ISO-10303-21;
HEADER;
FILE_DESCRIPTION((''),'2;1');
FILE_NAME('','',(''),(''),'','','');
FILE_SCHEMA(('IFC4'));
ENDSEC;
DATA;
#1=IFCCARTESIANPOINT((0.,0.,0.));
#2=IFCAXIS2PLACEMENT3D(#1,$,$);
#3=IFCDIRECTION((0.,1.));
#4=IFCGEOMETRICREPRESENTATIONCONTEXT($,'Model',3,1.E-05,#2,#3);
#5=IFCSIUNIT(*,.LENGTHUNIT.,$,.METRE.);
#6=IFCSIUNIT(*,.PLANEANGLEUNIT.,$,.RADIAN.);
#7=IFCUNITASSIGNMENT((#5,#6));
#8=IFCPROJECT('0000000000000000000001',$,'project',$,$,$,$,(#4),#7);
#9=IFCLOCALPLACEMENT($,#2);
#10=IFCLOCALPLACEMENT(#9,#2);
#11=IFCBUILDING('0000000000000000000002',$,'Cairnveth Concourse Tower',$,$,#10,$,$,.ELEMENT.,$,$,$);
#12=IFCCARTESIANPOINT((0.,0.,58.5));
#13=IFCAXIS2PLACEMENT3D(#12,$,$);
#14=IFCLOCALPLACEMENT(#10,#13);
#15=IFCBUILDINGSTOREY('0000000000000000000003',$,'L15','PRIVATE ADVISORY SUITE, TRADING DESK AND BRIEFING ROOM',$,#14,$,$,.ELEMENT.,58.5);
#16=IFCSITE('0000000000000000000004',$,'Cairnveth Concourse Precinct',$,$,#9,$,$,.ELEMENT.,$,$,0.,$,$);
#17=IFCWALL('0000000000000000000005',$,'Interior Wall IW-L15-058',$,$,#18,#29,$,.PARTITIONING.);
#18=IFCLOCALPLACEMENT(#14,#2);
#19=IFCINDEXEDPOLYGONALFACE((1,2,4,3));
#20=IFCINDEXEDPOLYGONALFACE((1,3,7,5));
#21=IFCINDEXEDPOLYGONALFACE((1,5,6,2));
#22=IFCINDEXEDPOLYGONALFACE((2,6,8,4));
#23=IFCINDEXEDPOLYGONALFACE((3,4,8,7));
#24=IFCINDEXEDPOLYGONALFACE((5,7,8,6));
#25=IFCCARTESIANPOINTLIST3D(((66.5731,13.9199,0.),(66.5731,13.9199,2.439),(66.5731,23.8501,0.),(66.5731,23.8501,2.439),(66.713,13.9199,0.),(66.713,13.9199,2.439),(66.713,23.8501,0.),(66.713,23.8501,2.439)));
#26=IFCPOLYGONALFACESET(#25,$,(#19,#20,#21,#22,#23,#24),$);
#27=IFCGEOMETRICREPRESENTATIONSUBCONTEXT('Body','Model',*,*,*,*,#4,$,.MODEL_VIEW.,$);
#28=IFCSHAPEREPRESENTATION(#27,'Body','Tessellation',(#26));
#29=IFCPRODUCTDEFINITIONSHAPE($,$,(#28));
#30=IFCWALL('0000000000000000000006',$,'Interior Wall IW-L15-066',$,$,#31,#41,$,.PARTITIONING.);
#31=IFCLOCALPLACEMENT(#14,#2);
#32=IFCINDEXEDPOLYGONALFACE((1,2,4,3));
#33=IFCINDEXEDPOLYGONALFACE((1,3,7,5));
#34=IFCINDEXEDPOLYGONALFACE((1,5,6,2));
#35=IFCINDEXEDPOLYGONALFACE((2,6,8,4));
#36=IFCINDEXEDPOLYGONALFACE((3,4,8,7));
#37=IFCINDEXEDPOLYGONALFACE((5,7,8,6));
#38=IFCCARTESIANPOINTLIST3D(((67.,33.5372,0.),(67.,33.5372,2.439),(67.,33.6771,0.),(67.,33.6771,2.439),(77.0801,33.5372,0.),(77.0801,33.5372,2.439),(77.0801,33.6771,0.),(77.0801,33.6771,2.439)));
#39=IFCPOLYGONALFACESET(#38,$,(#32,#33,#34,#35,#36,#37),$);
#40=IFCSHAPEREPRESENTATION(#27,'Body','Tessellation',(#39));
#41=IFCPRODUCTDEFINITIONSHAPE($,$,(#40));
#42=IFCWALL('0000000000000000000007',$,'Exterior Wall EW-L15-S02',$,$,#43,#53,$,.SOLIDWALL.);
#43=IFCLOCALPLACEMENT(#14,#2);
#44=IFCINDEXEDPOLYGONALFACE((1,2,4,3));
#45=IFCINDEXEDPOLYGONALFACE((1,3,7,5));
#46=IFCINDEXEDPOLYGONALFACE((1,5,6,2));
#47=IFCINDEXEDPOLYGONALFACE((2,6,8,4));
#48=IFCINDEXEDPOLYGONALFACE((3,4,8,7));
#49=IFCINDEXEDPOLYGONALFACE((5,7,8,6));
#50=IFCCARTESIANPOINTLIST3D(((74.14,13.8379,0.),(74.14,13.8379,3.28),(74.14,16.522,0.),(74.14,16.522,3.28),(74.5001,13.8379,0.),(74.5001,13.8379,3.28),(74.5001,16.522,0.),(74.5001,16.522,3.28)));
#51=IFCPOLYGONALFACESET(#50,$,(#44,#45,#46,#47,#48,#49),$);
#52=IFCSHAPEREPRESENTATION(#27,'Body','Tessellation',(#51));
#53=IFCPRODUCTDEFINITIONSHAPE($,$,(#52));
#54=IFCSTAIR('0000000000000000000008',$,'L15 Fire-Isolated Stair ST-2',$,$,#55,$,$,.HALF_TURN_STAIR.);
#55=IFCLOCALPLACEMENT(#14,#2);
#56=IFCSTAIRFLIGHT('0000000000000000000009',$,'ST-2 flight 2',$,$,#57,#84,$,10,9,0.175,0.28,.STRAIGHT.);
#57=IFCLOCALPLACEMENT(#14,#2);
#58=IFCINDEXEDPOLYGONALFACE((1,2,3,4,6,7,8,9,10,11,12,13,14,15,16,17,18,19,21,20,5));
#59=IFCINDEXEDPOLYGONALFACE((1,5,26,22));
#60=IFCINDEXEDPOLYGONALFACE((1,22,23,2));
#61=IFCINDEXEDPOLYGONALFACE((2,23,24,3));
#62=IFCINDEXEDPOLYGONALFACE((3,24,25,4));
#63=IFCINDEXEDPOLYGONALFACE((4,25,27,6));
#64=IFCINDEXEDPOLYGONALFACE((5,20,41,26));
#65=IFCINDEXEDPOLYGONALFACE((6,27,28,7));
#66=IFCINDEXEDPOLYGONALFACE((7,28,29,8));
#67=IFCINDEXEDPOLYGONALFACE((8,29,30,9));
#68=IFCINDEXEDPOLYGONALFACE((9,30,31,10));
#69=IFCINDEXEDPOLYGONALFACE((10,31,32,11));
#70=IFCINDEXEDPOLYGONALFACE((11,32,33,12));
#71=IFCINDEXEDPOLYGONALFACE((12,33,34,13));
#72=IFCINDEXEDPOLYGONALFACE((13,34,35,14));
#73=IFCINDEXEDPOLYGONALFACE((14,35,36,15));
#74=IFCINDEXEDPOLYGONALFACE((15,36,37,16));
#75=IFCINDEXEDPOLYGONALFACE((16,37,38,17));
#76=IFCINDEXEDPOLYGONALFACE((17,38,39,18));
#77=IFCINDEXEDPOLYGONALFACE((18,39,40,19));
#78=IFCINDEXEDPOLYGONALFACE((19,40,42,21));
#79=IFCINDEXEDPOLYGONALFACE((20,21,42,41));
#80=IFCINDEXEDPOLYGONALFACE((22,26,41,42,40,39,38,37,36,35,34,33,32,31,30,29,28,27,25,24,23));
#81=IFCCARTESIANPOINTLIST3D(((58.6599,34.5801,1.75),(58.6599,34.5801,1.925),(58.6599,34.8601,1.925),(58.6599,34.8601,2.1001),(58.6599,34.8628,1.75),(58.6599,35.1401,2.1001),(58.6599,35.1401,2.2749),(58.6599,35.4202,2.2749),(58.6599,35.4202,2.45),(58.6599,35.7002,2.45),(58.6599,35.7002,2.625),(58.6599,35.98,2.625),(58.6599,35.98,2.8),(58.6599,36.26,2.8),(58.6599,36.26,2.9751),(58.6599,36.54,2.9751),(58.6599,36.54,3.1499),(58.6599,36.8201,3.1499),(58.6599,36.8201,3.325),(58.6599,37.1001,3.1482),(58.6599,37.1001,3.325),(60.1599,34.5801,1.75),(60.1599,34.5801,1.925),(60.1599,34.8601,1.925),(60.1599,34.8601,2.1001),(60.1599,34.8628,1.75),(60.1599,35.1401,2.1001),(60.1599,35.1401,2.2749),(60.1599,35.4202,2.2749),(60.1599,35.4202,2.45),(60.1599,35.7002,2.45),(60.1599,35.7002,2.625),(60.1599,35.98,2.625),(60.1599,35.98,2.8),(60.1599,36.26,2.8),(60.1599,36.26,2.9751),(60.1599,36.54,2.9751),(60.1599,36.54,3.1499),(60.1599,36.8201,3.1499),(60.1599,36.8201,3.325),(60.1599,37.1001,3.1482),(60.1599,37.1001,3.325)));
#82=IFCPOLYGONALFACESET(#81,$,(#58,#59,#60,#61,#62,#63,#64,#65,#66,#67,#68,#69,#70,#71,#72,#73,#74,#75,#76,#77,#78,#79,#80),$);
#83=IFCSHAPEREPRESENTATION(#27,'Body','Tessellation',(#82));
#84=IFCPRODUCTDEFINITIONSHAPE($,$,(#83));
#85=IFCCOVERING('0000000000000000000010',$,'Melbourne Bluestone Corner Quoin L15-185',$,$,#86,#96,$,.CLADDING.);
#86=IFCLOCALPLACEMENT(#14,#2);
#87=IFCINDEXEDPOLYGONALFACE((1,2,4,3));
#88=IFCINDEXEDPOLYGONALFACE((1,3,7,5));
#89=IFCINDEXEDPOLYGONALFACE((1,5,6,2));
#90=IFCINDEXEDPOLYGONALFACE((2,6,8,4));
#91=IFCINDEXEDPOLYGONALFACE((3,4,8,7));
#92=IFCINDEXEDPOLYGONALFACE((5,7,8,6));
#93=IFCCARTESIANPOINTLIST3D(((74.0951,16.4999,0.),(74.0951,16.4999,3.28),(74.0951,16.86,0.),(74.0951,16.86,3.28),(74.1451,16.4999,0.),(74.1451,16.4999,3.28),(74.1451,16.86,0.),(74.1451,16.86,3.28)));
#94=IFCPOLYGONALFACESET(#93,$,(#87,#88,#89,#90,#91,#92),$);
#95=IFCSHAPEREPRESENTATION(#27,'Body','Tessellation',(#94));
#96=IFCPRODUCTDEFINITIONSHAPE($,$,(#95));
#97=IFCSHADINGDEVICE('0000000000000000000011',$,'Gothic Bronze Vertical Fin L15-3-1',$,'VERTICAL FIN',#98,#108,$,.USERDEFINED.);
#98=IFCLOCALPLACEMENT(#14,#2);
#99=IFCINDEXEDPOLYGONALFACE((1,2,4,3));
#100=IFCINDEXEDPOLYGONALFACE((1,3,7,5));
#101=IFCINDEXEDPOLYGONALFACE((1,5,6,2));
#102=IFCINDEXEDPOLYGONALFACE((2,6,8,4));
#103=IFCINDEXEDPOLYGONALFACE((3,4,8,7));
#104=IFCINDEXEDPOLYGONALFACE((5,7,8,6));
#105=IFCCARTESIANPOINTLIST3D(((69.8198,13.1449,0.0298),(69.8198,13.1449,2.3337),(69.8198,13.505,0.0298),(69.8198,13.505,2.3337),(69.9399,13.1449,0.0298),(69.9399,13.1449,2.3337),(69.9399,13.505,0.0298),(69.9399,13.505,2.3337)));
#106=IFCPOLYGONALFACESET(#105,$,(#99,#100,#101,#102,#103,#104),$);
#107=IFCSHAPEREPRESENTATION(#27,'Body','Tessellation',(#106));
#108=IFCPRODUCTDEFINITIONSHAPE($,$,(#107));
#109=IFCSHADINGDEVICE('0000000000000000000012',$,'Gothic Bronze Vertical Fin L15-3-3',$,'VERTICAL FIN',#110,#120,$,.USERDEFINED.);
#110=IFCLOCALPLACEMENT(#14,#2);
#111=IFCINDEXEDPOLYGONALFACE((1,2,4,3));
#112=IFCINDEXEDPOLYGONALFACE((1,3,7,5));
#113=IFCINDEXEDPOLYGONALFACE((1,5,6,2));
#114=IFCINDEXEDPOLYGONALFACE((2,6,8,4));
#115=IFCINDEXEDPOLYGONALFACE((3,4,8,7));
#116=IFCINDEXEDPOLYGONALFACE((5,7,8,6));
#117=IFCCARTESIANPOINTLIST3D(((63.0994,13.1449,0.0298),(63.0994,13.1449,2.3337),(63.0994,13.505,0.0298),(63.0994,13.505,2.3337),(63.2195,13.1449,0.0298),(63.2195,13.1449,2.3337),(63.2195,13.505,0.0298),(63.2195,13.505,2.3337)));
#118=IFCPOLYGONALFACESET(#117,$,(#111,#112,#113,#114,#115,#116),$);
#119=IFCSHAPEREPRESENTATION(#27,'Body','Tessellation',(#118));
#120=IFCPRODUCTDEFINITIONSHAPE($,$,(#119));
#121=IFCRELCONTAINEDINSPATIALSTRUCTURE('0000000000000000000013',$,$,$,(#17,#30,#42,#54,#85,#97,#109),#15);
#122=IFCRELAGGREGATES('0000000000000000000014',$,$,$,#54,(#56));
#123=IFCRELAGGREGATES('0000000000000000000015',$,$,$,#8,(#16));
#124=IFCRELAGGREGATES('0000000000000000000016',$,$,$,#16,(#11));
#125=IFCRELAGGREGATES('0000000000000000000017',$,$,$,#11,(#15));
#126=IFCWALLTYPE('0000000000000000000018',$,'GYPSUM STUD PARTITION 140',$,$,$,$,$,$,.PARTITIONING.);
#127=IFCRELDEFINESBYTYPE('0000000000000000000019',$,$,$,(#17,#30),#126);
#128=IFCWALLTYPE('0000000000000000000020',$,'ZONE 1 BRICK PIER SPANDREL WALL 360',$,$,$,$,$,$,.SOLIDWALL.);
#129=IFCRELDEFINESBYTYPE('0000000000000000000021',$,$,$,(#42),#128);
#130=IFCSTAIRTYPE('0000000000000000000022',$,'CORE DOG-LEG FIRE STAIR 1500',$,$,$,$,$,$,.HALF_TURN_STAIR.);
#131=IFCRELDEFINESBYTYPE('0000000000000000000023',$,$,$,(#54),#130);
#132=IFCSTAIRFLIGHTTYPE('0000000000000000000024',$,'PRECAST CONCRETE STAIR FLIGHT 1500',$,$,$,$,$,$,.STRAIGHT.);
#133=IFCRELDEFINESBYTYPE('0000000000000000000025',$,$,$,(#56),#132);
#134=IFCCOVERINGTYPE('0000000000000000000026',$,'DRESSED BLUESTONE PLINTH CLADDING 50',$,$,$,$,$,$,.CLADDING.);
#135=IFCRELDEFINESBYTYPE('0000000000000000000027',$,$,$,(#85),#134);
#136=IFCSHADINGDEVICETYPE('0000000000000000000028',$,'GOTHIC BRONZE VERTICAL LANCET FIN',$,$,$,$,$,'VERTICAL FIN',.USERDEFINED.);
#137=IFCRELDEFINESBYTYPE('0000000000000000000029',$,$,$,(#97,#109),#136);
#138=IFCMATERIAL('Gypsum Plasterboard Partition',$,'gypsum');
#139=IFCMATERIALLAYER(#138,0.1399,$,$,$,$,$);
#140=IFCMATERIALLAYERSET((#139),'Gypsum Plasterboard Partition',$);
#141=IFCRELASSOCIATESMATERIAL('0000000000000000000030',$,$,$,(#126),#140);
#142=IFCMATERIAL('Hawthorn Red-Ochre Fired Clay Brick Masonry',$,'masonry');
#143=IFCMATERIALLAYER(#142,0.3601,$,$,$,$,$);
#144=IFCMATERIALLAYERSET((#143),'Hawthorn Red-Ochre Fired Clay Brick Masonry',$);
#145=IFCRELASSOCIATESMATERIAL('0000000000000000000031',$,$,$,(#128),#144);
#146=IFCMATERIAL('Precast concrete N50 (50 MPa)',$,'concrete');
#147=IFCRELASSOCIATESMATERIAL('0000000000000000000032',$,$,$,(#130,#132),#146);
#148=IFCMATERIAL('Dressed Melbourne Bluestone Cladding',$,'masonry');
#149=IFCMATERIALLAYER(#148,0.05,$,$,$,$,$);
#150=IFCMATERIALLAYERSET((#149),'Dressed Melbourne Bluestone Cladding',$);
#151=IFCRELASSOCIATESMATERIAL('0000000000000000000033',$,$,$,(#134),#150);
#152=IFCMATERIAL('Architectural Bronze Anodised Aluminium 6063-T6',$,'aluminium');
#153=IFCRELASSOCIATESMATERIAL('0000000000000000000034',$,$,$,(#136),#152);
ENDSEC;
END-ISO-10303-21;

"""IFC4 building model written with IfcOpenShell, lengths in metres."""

from ifc_helpers import new_model, si_unit, direction, frame, frame_2d, origin, origin_2d, place, context, subcontext, project, spatial, polyline, rectangle, outline, extrude, material, layer, layer_set, type_object, element, aggregate, save


model = new_model("IFC4")

# Units and contexts
model_context = context("Model", 3, precision=1e-05, world=origin(), true_north=direction((0.0, 1.0)))
body_context = subcontext(model_context, "Body", "Model", "MODEL_VIEW")
ifc_project = project(units=[si_unit("LENGTHUNIT", "METRE"), si_unit("PLANEANGLEUNIT", "RADIAN")], contexts=[model_context])

# Site, building, storey
site_placement = place(None, origin())
site = spatial("IfcSite", under=ifc_project, at=site_placement, Name="Cairnveth Concourse Precinct", CompositionType="ELEMENT", RefElevation=0.0)
building_placement = place(site_placement, origin())
building = spatial("IfcBuilding", under=site, at=building_placement, Name="Cairnveth Concourse Tower", CompositionType="ELEMENT")
storey_placement = place(building_placement, frame((0.0, 0.0, 58.5)))
storey = spatial("IfcBuildingStorey", under=building, at=storey_placement, Name="L15", Description="PRIVATE ADVISORY SUITE, TRADING DESK AND BRIEFING ROOM", CompositionType="ELEMENT", Elevation=58.5)

# Shared definitions
ifc_material_1 = material(Name="Gypsum Plasterboard Partition", Category="gypsum")
ifc_layer_1 = layer(ifc_material_1, 0.1399)
ifc_layer_set_1 = layer_set([ifc_layer_1], Name="Gypsum Plasterboard Partition")
wall_type_1 = type_object("IfcWallType", Name="GYPSUM STUD PARTITION 140", PredefinedType="PARTITIONING", material=ifc_layer_set_1)

# Walls
wall_1_placement = place(storey_placement, frame((66.6431, 13.9199, 0.0), z_axis=(0.0, 0.0, 1.0), x_axis=(0.0, 1.0, 0.0)))
element("IfcWall", 1, at=wall_1_placement, inside=storey, type_object=wall_type_1, Name="Interior Wall IW-L15-058", PredefinedType="PARTITIONING", context=body_context, shape_type="SweptSolid", body=[
    extrude(rectangle(XDim=9.9302, YDim=0.1399, at=frame_2d((4.9651, 0.0))), origin(), (0.0, 0.0, 1.0), 2.439),
])
wall_2_placement = place(storey_placement, frame((67.0, 33.6072, 0.0), z_axis=(0.0, 0.0, 1.0), x_axis=(1.0, 0.0, 0.0)))
element("IfcWall", 2, at=wall_2_placement, inside=storey, type_object=wall_type_1, Name="Interior Wall IW-L15-066", PredefinedType="PARTITIONING", context=body_context, shape_type="SweptSolid", body=[
    extrude(rectangle(XDim=10.0801, YDim=0.1399, at=frame_2d((5.04, 0.0))), origin(), (0.0, 0.0, 1.0), 2.439),
])
ifc_material_2 = material(Name="Hawthorn Red-Ochre Fired Clay Brick Masonry", Category="masonry")
ifc_layer_2 = layer(ifc_material_2, 0.3601)
ifc_layer_set_2 = layer_set([ifc_layer_2], Name="Hawthorn Red-Ochre Fired Clay Brick Masonry")
wall_type_2 = type_object("IfcWallType", Name="ZONE 1 BRICK PIER SPANDREL WALL 360", PredefinedType="SOLIDWALL", material=ifc_layer_set_2)
wall_3_placement = place(storey_placement, frame((74.3201, 16.522, 0.0), z_axis=(0.0, 0.0, 1.0), x_axis=(0.0, -1.0, 0.0)))
element("IfcWall", 3, at=wall_3_placement, inside=storey, type_object=wall_type_2, Name="Exterior Wall EW-L15-S02", PredefinedType="SOLIDWALL", context=body_context, shape_type="SweptSolid", body=[
    extrude(rectangle(XDim=2.6841, YDim=0.3601, at=frame_2d((1.342, 0.0))), origin(), (0.0, 0.0, 1.0), 3.28),
])

# Stair, stair flight
ifc_material_3 = material(Name="Precast concrete N50 (50 MPa)", Category="concrete")
stair_type = type_object("IfcStairType", Name="CORE DOG-LEG FIRE STAIR 1500", PredefinedType="HALF_TURN_STAIR", material=ifc_material_3)
stair_placement = place(storey_placement, origin())
stair = element("IfcStair", 4, at=stair_placement, inside=storey, type_object=stair_type, Name="L15 Fire-Isolated Stair ST-2", PredefinedType="HALF_TURN_STAIR")
stair_flight_type = type_object("IfcStairFlightType", Name="PRECAST CONCRETE STAIR FLIGHT 1500", PredefinedType="STRAIGHT", material=ifc_material_3)
stair_flight_placement = place(storey_placement, frame((59.4099, 34.5801, 1.75), z_axis=(0.0, 0.0, 1.0), x_axis=(0.0, 1.0, 0.0)))
stair_flight = element("IfcStairFlight", 5, at=stair_flight_placement, type_object=stair_flight_type, Name="ST-2 flight 2", NumberOfRisers=10, NumberOfTreads=9, PredefinedType="STRAIGHT", RiserHeight=0.175, TreadLength=0.28, context=body_context, shape_type="SweptSolid", body=[
    extrude(outline(polyline([(0.0, 0.0), (0.0, 0.175), (0.28, 0.175), (0.28, 0.3501), (0.5601, 0.3501), (0.5601, 0.5249), (0.8401, 0.5249), (0.8401, 0.7), (1.1201, 0.7), (1.1201, 0.875), (1.3999, 0.875), (1.3999, 1.05), (1.6799, 1.05), (1.6799, 1.2251), (1.96, 1.2251), (1.96, 1.3999), (2.24, 1.3999), (2.24, 1.575), (2.52, 1.575), (2.52, 1.75), (2.52, 1.3982), (0.2827, 0.0), (0.0, 0.0)])), frame((0.0, 0.75, 0.0), z_axis=(0.0, -1.0, 0.0), x_axis=(1.0, 0.0, 0.0)), (0.0, 0.0, 1.0), 1.5),
])
aggregate(stair, [stair_flight])

# Covering
ifc_material_4 = material(Name="Dressed Melbourne Bluestone Cladding", Category="masonry")
ifc_layer_3 = layer(ifc_material_4, 0.05)
ifc_layer_set_3 = layer_set([ifc_layer_3], Name="Dressed Melbourne Bluestone Cladding")
covering_type = type_object("IfcCoveringType", Name="DRESSED BLUESTONE PLINTH CLADDING 50", PredefinedType="CLADDING", material=ifc_layer_set_3)
covering_placement = place(storey_placement, frame((74.1201, 16.8601, 0.0), z_axis=(0.0, 0.0, 1.0), x_axis=(0.0, -1.0, 0.0)))
element("IfcCovering", 6, at=covering_placement, inside=storey, type_object=covering_type, Name="Melbourne Bluestone Corner Quoin L15-185", PredefinedType="CLADDING", context=body_context, shape_type="SweptSolid", body=[
    extrude(rectangle(XDim=0.3601, YDim=0.05, at=frame_2d((0.1802, 0.0))), origin(), (0.0, 0.0, 1.0), 3.28),
])

# Shading devices
ifc_material_5 = material(Name="Architectural Bronze Anodised Aluminium 6063-T6", Category="aluminium")
shading_device_type = type_object("IfcShadingDeviceType", Name="GOTHIC BRONZE VERTICAL LANCET FIN", ElementType="VERTICAL FIN", PredefinedType="USERDEFINED", material=ifc_material_5)
for number, where, z_axis, x_axis, name in (
    (7, (69.8799, 13.325, 0.0298), (0.0, 0.0, 1.0), (1.0, 0.0, 0.0), "Gothic Bronze Vertical Fin L15-3-1"),
    (8, (63.1594, 13.325, 0.0298), (0.0, 0.0, 1.0), (1.0, 0.0, 0.0), "Gothic Bronze Vertical Fin L15-3-3"),
):
    element("IfcShadingDevice", number, at=place(storey_placement, frame(where, z_axis=z_axis, x_axis=x_axis)), inside=storey, type_object=shading_device_type, Name=name, ObjectType="VERTICAL FIN", PredefinedType="USERDEFINED", context=body_context, shape_type="SweptSolid", body=[
        extrude(rectangle(XDim=0.1201, YDim=0.3601, at=origin_2d()), origin(), (0.0, 0.0, 1.0), 2.304),
    ])

save(model, "model.ifc")
